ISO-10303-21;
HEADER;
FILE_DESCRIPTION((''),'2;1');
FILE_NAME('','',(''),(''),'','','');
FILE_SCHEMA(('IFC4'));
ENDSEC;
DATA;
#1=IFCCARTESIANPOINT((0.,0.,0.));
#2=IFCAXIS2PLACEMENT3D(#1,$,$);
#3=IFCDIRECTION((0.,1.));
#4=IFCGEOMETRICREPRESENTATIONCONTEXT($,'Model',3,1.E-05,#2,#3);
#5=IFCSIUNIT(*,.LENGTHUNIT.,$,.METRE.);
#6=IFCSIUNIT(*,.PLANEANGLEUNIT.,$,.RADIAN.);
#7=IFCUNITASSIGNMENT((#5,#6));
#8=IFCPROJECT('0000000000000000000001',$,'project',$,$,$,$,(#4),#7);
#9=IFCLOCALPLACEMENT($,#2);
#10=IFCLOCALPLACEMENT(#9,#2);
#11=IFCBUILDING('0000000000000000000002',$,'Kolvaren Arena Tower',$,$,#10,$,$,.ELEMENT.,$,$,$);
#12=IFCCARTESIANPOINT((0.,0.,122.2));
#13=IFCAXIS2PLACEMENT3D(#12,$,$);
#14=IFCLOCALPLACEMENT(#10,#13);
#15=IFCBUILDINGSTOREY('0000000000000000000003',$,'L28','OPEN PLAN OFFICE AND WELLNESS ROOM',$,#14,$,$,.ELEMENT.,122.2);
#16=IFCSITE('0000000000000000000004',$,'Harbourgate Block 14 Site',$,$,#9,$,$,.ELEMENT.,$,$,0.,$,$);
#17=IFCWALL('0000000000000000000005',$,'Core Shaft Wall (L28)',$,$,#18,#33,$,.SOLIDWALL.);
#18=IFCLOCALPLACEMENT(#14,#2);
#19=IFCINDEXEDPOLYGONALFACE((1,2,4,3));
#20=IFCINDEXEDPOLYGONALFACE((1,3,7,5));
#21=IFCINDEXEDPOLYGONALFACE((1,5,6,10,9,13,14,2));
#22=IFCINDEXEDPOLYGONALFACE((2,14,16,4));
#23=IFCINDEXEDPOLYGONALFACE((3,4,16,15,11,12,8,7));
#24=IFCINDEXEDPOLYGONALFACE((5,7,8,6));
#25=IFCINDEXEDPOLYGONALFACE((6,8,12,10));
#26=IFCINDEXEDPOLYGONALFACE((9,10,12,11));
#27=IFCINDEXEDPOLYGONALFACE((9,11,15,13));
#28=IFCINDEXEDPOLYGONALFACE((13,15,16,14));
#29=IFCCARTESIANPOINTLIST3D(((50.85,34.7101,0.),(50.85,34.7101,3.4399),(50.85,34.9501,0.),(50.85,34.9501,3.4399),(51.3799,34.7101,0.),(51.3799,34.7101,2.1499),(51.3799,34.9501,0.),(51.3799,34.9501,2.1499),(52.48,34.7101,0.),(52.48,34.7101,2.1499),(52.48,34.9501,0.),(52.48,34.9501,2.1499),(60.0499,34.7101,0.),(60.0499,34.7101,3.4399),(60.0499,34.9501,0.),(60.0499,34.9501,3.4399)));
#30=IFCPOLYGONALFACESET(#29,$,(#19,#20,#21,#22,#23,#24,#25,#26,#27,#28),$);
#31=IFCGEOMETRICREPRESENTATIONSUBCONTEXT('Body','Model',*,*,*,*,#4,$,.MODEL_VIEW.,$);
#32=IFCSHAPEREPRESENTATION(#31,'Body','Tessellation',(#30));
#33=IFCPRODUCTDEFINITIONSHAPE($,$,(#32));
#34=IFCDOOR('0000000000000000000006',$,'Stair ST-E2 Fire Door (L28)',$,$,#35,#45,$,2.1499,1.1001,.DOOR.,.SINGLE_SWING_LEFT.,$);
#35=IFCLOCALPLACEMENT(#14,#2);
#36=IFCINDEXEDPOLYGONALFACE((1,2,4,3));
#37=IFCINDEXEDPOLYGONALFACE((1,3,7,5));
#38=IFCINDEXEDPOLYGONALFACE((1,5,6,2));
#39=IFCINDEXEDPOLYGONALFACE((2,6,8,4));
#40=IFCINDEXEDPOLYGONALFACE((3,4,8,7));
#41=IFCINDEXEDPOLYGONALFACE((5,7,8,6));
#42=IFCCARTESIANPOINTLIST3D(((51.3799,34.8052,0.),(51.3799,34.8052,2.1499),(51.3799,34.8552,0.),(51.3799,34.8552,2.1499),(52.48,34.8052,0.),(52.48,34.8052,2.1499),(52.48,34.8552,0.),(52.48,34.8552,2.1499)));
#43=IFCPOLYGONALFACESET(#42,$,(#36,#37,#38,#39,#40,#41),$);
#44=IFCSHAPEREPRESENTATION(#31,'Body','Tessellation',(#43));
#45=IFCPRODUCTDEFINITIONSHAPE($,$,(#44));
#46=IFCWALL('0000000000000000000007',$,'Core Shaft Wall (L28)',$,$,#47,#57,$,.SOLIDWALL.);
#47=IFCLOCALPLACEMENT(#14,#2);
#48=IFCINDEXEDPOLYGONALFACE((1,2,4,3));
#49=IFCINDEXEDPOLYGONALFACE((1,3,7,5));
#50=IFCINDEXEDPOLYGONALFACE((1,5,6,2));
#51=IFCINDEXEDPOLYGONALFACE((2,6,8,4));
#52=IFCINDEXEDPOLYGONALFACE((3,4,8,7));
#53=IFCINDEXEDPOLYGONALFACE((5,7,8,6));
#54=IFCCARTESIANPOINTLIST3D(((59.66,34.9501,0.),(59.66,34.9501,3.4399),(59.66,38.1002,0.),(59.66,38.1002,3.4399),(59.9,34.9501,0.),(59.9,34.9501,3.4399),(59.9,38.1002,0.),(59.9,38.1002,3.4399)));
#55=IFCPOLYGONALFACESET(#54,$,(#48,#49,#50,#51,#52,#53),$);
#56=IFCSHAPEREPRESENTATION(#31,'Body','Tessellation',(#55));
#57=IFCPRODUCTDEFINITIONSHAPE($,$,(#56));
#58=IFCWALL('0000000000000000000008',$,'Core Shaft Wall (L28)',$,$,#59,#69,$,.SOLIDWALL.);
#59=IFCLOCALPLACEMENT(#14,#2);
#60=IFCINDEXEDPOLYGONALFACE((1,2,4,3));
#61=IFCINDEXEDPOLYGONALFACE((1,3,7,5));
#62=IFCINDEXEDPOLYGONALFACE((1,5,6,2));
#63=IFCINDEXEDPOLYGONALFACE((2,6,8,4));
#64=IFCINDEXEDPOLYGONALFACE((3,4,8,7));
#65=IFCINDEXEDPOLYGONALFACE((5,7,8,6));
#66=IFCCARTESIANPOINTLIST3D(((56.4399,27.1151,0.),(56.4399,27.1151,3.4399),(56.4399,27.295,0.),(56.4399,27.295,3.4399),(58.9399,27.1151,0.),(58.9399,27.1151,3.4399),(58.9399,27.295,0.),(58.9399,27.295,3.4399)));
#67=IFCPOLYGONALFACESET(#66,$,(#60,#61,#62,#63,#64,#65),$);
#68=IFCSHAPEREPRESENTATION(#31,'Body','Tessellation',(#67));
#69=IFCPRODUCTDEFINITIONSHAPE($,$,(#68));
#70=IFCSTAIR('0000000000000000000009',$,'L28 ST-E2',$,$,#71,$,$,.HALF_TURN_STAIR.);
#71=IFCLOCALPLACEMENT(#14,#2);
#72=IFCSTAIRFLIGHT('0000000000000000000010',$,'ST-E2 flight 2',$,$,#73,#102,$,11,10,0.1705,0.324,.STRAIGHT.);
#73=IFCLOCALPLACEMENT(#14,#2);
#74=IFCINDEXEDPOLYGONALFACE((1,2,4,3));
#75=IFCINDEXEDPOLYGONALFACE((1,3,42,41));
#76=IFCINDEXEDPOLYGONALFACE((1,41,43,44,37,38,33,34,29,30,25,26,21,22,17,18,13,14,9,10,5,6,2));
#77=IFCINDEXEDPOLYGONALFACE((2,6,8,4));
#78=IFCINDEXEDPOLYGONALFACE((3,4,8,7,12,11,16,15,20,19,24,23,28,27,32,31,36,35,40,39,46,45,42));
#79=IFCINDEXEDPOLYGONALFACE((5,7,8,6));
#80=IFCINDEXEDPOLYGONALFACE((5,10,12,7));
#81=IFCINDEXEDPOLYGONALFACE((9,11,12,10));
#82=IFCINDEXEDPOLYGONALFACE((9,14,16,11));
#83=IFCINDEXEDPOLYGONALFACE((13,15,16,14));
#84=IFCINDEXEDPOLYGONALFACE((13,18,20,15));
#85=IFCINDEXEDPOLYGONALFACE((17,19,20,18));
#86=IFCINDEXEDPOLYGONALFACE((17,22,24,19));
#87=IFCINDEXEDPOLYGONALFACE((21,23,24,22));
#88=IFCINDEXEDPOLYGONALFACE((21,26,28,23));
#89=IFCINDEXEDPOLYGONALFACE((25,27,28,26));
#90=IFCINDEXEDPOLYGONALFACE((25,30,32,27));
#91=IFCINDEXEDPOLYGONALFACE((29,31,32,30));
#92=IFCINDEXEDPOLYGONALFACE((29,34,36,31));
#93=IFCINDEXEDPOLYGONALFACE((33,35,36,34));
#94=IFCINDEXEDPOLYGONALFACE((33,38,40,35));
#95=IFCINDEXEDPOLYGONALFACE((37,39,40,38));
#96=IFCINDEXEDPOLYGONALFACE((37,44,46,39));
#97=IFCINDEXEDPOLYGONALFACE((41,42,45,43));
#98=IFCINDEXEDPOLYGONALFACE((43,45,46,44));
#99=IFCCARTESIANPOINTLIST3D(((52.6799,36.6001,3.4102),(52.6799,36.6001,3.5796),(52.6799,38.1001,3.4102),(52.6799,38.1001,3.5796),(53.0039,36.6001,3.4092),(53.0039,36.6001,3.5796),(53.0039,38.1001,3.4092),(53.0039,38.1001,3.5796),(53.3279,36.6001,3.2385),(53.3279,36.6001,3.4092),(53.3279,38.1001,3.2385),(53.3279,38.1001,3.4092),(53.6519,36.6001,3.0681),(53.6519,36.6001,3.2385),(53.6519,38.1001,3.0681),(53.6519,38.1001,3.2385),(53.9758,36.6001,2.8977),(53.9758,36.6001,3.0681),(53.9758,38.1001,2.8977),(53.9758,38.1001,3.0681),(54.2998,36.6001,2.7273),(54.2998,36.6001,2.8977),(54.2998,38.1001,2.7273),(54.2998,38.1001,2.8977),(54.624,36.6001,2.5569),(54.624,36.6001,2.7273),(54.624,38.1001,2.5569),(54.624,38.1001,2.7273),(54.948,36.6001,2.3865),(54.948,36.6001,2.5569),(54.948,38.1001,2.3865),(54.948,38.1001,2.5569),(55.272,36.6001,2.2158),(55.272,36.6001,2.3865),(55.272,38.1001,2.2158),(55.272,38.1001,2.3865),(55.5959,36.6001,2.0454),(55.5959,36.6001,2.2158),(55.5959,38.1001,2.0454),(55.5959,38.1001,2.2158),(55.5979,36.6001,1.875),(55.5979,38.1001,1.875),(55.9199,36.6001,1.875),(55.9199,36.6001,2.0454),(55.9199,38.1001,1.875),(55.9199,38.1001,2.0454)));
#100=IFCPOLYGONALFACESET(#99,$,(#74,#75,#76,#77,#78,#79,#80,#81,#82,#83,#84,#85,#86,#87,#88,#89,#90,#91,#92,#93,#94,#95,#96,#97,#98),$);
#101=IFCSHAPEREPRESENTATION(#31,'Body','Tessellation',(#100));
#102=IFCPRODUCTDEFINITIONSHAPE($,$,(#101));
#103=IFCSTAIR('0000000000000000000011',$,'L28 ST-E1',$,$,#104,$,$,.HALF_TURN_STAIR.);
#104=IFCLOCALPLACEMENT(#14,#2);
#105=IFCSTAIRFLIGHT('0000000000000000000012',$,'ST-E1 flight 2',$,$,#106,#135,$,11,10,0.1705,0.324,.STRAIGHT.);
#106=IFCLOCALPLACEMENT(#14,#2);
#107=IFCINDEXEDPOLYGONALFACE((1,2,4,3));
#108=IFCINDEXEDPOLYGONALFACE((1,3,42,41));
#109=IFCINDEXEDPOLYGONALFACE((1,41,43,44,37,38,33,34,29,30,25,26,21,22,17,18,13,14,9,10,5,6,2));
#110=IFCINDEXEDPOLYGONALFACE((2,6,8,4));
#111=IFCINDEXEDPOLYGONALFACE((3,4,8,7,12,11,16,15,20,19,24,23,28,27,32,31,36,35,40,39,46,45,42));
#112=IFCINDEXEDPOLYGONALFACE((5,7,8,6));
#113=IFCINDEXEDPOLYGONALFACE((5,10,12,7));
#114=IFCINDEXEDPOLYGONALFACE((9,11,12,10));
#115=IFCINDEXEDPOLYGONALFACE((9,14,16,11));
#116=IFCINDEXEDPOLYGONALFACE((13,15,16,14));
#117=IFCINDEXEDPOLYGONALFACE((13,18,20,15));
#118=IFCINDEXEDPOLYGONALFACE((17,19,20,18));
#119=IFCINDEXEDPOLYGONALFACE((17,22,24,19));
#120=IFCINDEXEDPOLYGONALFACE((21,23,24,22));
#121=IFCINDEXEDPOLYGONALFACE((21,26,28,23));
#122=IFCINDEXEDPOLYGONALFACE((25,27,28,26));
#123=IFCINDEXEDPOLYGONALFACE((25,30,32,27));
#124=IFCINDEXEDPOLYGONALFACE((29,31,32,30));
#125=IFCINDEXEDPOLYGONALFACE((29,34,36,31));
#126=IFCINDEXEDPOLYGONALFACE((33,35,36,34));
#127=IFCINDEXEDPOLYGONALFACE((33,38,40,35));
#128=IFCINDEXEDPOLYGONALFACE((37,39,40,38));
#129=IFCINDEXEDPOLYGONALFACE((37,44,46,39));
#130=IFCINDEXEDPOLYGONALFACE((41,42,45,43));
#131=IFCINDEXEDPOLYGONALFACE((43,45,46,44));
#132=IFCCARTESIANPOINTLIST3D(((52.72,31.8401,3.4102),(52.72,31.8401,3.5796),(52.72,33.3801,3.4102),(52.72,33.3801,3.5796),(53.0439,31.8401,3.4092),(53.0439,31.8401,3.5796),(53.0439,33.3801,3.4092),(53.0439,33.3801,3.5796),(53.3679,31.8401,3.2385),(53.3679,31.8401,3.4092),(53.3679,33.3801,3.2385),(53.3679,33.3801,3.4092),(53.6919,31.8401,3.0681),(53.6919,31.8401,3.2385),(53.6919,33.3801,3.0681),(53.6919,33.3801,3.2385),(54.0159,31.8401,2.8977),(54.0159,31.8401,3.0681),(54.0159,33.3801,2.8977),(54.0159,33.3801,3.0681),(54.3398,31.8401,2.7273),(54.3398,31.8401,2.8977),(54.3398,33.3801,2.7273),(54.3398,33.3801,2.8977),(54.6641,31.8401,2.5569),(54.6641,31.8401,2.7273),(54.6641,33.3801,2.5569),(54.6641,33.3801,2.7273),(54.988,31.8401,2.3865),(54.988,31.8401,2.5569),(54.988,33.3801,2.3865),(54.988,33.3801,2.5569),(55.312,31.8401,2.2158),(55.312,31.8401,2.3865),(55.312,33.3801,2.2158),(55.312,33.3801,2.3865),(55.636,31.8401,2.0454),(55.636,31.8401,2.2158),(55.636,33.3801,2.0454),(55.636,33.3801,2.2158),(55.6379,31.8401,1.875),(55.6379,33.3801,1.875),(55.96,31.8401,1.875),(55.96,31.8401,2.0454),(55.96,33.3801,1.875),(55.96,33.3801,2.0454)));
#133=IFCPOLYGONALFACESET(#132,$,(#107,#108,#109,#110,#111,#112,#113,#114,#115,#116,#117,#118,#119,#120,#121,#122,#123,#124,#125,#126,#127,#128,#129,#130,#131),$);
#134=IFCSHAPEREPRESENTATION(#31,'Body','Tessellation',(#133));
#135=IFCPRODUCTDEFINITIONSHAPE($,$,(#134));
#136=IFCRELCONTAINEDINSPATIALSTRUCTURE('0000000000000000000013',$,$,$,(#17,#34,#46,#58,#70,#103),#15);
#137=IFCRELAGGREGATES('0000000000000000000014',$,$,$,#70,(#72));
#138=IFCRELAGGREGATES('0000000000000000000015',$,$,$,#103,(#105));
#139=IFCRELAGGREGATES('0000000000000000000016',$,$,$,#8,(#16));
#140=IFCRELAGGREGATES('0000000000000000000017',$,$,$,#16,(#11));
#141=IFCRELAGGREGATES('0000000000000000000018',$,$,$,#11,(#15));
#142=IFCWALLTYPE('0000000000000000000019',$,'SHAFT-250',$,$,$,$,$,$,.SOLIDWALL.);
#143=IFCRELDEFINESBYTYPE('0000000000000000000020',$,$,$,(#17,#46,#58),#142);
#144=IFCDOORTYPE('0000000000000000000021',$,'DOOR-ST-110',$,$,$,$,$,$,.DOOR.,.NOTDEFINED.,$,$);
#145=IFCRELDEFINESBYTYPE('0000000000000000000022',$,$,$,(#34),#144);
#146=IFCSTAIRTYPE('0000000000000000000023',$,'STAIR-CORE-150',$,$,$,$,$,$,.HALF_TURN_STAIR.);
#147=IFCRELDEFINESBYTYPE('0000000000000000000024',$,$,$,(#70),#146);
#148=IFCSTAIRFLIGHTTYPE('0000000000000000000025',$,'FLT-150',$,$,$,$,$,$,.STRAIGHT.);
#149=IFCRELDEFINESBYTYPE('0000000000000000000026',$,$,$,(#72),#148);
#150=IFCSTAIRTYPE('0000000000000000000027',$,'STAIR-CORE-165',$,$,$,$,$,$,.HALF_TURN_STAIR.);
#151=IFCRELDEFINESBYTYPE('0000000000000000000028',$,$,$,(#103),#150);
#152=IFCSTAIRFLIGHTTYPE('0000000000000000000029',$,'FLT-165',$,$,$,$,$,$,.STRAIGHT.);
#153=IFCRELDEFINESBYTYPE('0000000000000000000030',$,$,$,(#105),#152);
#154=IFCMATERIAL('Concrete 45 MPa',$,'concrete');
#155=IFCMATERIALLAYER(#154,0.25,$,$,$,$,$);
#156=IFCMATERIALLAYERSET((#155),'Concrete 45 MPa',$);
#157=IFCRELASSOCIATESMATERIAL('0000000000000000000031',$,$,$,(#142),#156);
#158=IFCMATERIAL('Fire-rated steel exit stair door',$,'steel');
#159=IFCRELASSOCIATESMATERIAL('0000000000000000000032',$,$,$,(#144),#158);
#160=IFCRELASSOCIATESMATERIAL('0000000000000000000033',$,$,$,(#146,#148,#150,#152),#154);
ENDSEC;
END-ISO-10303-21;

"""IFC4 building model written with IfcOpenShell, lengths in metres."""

from ifc_helpers import new_model, si_unit, direction, frame, frame_2d, origin, place, context, subcontext, project, spatial, polyline, rectangle, outline, extrude, material, layer, layer_set, type_object, element, fill, aggregate, save


model = new_model("IFC4")

# Units and contexts
model_context = context("Model", 3, precision=1e-05, world=origin(), true_north=direction((0.0, 1.0)))
body_context = subcontext(model_context, "Body", "Model", "MODEL_VIEW")
ifc_project = project(units=[si_unit("LENGTHUNIT", "METRE"), si_unit("PLANEANGLEUNIT", "RADIAN")], contexts=[model_context])

# Site, building, storey
site_placement = place(None, origin())
site = spatial("IfcSite", under=ifc_project, at=site_placement, Name="Harbourgate Block 14 Site", CompositionType="ELEMENT", RefElevation=0.0)
building_placement = place(site_placement, origin())
building = spatial("IfcBuilding", under=site, at=building_placement, Name="Kolvaren Arena Tower", CompositionType="ELEMENT")
storey_placement = place(building_placement, frame((0.0, 0.0, 122.2)))
storey = spatial("IfcBuildingStorey", under=building, at=storey_placement, Name="L28", Description="OPEN PLAN OFFICE AND WELLNESS ROOM", CompositionType="ELEMENT", Elevation=122.2)

# Shared definitions
ifc_material_1 = material(Name="Concrete 45 MPa", Category="concrete")
ifc_layer = layer(ifc_material_1, 0.25)
ifc_layer_set = layer_set([ifc_layer], Name="Concrete 45 MPa")
wall_type = type_object("IfcWallType", Name="SHAFT-250", PredefinedType="SOLIDWALL", material=ifc_layer_set)
ifc_material_2 = material(Name="Fire-rated steel exit stair door", Category="steel")
door_type = type_object("IfcDoorType", Name="DOOR-ST-110", OperationType="NOTDEFINED", PredefinedType="DOOR", material=ifc_material_2)

# Wall, opening, door
wall_1_placement = place(storey_placement, frame((60.05, 34.8301, 0.0), z_axis=(0.0, 0.0, 1.0), x_axis=(-1.0, 0.0, 0.0)))
wall_1 = element("IfcWall", 1, at=wall_1_placement, inside=storey, type_object=wall_type, Name="Core Shaft Wall (L28)", PredefinedType="SOLIDWALL", context=body_context, shape_type="SweptSolid", body=[
    extrude(rectangle(XDim=9.2, YDim=0.24, at=frame_2d((4.6001, 0.0))), origin(), (0.0, 0.0, 1.0), 3.4399),
])
opening_1_placement = place(wall_1_placement, frame((7.5701, 0.0, 0.0)))
opening_1 = element("IfcOpeningElement", 2, at=opening_1_placement, cuts=wall_1, PredefinedType="OPENING", context=body_context, shape_type="SweptSolid", body=[
    extrude(rectangle(XDim=1.1001, YDim=2.1499, at=frame_2d((0.55, 1.075))), frame((0.0, 0.1299, 0.0), z_axis=(0.0, -1.0, 0.0), x_axis=(1.0, 0.0, 0.0)), (0.0, 0.0, 1.0), 0.26),
])
door_1_placement = place(opening_1_placement, origin())
door_1 = element("IfcDoor", 3, at=door_1_placement, inside=storey, type_object=door_type, Name="Stair ST-E2 Fire Door (L28)", OperationType="SINGLE_SWING_LEFT", OverallHeight=2.1499, OverallWidth=1.1001, PredefinedType="DOOR", context=body_context, shape_type="SweptSolid", body=[
    extrude(rectangle(XDim=1.1001, YDim=2.1499, at=frame_2d((0.55, 1.075))), frame((0.0, 0.0249, 0.0), z_axis=(0.0, -1.0, 0.0), x_axis=(1.0, 0.0, 0.0)), (0.0, 0.0, 1.0), 0.05),
])
fill(opening_1, door_1)

# Walls
wall_2_placement = place(storey_placement, frame((59.78, 34.95, 0.0), z_axis=(0.0, 0.0, 1.0), x_axis=(0.0, 1.0, 0.0)))
element("IfcWall", 4, at=wall_2_placement, inside=storey, type_object=wall_type, Name="Core Shaft Wall (L28)", PredefinedType="SOLIDWALL", context=body_context, shape_type="SweptSolid", body=[
    extrude(rectangle(XDim=3.1501, YDim=0.24, at=frame_2d((1.5752, 0.0))), origin(), (0.0, 0.0, 1.0), 3.4399),
])
wall_3_placement = place(storey_placement, frame((56.4399, 27.2051, 0.0), z_axis=(0.0, 0.0, 1.0), x_axis=(1.0, 0.0, 0.0)))
element("IfcWall", 5, at=wall_3_placement, inside=storey, type_object=wall_type, Name="Core Shaft Wall (L28)", PredefinedType="SOLIDWALL", context=body_context, shape_type="SweptSolid", body=[
    extrude(rectangle(XDim=2.5, YDim=0.1799, at=frame_2d((1.25, 0.0))), origin(), (0.0, 0.0, 1.0), 3.4399),
])

# Stairs, stair flights
stair_type_1 = type_object("IfcStairType", Name="STAIR-CORE-150", PredefinedType="HALF_TURN_STAIR", material=ifc_material_1)
stair_1_placement = place(storey_placement, origin())
stair_1 = element("IfcStair", 6, at=stair_1_placement, inside=storey, type_object=stair_type_1, Name="L28 ST-E2", PredefinedType="HALF_TURN_STAIR")
stair_flight_type_1 = type_object("IfcStairFlightType", Name="FLT-150", PredefinedType="STRAIGHT", material=ifc_material_1)
stair_flight_1_placement = place(storey_placement, frame((55.9199, 37.3501, 1.875), z_axis=(0.0, 0.0, 1.0), x_axis=(-1.0, 0.0, 0.0)))
stair_flight_1 = element("IfcStairFlight", 7, at=stair_flight_1_placement, type_object=stair_flight_type_1, Name="ST-E2 flight 2", NumberOfRisers=11, NumberOfTreads=10, PredefinedType="STRAIGHT", RiserHeight=0.1705, TreadLength=0.324, context=body_context, shape_type="SweptSolid", body=[
    extrude(outline(polyline([(0.0, 0.0), (0.0, 0.1704), (0.324, 0.1704), (0.324, 0.3408), (0.6479, 0.3408), (0.6479, 0.5115), (0.9719, 0.5115), (0.9719, 0.6819), (1.2959, 0.6819), (1.2959, 0.8523), (1.6201, 0.8523), (1.6201, 1.0227), (1.9441, 1.0227), (1.9441, 1.1931), (2.2681, 1.1931), (2.2681, 1.3635), (2.592, 1.3635), (2.592, 1.5342), (2.916, 1.5342), (2.916, 1.7046), (3.24, 1.7046), (3.24, 1.875), (3.24, 1.5352), (0.322, 0.0), (0.0, 0.0)])), frame((0.0, 0.75, 0.0), z_axis=(0.0, -1.0, 0.0), x_axis=(1.0, 0.0, 0.0)), (0.0, 0.0, 1.0), 1.5),
])
aggregate(stair_1, [stair_flight_1])
stair_type_2 = type_object("IfcStairType", Name="STAIR-CORE-165", PredefinedType="HALF_TURN_STAIR", material=ifc_material_1)
stair_2_placement = place(storey_placement, origin())
stair_2 = element("IfcStair", 8, at=stair_2_placement, inside=storey, type_object=stair_type_2, Name="L28 ST-E1", PredefinedType="HALF_TURN_STAIR")
stair_flight_type_2 = type_object("IfcStairFlightType", Name="FLT-165", PredefinedType="STRAIGHT", material=ifc_material_1)
stair_flight_2_placement = place(storey_placement, frame((55.96, 32.6101, 1.875), z_axis=(0.0, 0.0, 1.0), x_axis=(-1.0, 0.0, 0.0)))
stair_flight_2 = element("IfcStairFlight", 9, at=stair_flight_2_placement, type_object=stair_flight_type_2, Name="ST-E1 flight 2", NumberOfRisers=11, NumberOfTreads=10, PredefinedType="STRAIGHT", RiserHeight=0.1705, TreadLength=0.324, context=body_context, shape_type="SweptSolid", body=[
    extrude(outline(polyline([(0.0, 0.0), (0.0, 0.1704), (0.324, 0.1704), (0.324, 0.3408), (0.6479, 0.3408), (0.6479, 0.5115), (0.9719, 0.5115), (0.9719, 0.6819), (1.2959, 0.6819), (1.2959, 0.8523), (1.6201, 0.8523), (1.6201, 1.0227), (1.9441, 1.0227), (1.9441, 1.1931), (2.2681, 1.1931), (2.2681, 1.3635), (2.592, 1.3635), (2.592, 1.5342), (2.916, 1.5342), (2.916, 1.7046), (3.24, 1.7046), (3.24, 1.875), (3.24, 1.5352), (0.322, 0.0), (0.0, 0.0)])), frame((0.0, 0.77, 0.0), z_axis=(0.0, -1.0, 0.0), x_axis=(1.0, 0.0, 0.0)), (0.0, 0.0, 1.0), 1.54),
])
aggregate(stair_2, [stair_flight_2])

save(model, "model.ifc")
